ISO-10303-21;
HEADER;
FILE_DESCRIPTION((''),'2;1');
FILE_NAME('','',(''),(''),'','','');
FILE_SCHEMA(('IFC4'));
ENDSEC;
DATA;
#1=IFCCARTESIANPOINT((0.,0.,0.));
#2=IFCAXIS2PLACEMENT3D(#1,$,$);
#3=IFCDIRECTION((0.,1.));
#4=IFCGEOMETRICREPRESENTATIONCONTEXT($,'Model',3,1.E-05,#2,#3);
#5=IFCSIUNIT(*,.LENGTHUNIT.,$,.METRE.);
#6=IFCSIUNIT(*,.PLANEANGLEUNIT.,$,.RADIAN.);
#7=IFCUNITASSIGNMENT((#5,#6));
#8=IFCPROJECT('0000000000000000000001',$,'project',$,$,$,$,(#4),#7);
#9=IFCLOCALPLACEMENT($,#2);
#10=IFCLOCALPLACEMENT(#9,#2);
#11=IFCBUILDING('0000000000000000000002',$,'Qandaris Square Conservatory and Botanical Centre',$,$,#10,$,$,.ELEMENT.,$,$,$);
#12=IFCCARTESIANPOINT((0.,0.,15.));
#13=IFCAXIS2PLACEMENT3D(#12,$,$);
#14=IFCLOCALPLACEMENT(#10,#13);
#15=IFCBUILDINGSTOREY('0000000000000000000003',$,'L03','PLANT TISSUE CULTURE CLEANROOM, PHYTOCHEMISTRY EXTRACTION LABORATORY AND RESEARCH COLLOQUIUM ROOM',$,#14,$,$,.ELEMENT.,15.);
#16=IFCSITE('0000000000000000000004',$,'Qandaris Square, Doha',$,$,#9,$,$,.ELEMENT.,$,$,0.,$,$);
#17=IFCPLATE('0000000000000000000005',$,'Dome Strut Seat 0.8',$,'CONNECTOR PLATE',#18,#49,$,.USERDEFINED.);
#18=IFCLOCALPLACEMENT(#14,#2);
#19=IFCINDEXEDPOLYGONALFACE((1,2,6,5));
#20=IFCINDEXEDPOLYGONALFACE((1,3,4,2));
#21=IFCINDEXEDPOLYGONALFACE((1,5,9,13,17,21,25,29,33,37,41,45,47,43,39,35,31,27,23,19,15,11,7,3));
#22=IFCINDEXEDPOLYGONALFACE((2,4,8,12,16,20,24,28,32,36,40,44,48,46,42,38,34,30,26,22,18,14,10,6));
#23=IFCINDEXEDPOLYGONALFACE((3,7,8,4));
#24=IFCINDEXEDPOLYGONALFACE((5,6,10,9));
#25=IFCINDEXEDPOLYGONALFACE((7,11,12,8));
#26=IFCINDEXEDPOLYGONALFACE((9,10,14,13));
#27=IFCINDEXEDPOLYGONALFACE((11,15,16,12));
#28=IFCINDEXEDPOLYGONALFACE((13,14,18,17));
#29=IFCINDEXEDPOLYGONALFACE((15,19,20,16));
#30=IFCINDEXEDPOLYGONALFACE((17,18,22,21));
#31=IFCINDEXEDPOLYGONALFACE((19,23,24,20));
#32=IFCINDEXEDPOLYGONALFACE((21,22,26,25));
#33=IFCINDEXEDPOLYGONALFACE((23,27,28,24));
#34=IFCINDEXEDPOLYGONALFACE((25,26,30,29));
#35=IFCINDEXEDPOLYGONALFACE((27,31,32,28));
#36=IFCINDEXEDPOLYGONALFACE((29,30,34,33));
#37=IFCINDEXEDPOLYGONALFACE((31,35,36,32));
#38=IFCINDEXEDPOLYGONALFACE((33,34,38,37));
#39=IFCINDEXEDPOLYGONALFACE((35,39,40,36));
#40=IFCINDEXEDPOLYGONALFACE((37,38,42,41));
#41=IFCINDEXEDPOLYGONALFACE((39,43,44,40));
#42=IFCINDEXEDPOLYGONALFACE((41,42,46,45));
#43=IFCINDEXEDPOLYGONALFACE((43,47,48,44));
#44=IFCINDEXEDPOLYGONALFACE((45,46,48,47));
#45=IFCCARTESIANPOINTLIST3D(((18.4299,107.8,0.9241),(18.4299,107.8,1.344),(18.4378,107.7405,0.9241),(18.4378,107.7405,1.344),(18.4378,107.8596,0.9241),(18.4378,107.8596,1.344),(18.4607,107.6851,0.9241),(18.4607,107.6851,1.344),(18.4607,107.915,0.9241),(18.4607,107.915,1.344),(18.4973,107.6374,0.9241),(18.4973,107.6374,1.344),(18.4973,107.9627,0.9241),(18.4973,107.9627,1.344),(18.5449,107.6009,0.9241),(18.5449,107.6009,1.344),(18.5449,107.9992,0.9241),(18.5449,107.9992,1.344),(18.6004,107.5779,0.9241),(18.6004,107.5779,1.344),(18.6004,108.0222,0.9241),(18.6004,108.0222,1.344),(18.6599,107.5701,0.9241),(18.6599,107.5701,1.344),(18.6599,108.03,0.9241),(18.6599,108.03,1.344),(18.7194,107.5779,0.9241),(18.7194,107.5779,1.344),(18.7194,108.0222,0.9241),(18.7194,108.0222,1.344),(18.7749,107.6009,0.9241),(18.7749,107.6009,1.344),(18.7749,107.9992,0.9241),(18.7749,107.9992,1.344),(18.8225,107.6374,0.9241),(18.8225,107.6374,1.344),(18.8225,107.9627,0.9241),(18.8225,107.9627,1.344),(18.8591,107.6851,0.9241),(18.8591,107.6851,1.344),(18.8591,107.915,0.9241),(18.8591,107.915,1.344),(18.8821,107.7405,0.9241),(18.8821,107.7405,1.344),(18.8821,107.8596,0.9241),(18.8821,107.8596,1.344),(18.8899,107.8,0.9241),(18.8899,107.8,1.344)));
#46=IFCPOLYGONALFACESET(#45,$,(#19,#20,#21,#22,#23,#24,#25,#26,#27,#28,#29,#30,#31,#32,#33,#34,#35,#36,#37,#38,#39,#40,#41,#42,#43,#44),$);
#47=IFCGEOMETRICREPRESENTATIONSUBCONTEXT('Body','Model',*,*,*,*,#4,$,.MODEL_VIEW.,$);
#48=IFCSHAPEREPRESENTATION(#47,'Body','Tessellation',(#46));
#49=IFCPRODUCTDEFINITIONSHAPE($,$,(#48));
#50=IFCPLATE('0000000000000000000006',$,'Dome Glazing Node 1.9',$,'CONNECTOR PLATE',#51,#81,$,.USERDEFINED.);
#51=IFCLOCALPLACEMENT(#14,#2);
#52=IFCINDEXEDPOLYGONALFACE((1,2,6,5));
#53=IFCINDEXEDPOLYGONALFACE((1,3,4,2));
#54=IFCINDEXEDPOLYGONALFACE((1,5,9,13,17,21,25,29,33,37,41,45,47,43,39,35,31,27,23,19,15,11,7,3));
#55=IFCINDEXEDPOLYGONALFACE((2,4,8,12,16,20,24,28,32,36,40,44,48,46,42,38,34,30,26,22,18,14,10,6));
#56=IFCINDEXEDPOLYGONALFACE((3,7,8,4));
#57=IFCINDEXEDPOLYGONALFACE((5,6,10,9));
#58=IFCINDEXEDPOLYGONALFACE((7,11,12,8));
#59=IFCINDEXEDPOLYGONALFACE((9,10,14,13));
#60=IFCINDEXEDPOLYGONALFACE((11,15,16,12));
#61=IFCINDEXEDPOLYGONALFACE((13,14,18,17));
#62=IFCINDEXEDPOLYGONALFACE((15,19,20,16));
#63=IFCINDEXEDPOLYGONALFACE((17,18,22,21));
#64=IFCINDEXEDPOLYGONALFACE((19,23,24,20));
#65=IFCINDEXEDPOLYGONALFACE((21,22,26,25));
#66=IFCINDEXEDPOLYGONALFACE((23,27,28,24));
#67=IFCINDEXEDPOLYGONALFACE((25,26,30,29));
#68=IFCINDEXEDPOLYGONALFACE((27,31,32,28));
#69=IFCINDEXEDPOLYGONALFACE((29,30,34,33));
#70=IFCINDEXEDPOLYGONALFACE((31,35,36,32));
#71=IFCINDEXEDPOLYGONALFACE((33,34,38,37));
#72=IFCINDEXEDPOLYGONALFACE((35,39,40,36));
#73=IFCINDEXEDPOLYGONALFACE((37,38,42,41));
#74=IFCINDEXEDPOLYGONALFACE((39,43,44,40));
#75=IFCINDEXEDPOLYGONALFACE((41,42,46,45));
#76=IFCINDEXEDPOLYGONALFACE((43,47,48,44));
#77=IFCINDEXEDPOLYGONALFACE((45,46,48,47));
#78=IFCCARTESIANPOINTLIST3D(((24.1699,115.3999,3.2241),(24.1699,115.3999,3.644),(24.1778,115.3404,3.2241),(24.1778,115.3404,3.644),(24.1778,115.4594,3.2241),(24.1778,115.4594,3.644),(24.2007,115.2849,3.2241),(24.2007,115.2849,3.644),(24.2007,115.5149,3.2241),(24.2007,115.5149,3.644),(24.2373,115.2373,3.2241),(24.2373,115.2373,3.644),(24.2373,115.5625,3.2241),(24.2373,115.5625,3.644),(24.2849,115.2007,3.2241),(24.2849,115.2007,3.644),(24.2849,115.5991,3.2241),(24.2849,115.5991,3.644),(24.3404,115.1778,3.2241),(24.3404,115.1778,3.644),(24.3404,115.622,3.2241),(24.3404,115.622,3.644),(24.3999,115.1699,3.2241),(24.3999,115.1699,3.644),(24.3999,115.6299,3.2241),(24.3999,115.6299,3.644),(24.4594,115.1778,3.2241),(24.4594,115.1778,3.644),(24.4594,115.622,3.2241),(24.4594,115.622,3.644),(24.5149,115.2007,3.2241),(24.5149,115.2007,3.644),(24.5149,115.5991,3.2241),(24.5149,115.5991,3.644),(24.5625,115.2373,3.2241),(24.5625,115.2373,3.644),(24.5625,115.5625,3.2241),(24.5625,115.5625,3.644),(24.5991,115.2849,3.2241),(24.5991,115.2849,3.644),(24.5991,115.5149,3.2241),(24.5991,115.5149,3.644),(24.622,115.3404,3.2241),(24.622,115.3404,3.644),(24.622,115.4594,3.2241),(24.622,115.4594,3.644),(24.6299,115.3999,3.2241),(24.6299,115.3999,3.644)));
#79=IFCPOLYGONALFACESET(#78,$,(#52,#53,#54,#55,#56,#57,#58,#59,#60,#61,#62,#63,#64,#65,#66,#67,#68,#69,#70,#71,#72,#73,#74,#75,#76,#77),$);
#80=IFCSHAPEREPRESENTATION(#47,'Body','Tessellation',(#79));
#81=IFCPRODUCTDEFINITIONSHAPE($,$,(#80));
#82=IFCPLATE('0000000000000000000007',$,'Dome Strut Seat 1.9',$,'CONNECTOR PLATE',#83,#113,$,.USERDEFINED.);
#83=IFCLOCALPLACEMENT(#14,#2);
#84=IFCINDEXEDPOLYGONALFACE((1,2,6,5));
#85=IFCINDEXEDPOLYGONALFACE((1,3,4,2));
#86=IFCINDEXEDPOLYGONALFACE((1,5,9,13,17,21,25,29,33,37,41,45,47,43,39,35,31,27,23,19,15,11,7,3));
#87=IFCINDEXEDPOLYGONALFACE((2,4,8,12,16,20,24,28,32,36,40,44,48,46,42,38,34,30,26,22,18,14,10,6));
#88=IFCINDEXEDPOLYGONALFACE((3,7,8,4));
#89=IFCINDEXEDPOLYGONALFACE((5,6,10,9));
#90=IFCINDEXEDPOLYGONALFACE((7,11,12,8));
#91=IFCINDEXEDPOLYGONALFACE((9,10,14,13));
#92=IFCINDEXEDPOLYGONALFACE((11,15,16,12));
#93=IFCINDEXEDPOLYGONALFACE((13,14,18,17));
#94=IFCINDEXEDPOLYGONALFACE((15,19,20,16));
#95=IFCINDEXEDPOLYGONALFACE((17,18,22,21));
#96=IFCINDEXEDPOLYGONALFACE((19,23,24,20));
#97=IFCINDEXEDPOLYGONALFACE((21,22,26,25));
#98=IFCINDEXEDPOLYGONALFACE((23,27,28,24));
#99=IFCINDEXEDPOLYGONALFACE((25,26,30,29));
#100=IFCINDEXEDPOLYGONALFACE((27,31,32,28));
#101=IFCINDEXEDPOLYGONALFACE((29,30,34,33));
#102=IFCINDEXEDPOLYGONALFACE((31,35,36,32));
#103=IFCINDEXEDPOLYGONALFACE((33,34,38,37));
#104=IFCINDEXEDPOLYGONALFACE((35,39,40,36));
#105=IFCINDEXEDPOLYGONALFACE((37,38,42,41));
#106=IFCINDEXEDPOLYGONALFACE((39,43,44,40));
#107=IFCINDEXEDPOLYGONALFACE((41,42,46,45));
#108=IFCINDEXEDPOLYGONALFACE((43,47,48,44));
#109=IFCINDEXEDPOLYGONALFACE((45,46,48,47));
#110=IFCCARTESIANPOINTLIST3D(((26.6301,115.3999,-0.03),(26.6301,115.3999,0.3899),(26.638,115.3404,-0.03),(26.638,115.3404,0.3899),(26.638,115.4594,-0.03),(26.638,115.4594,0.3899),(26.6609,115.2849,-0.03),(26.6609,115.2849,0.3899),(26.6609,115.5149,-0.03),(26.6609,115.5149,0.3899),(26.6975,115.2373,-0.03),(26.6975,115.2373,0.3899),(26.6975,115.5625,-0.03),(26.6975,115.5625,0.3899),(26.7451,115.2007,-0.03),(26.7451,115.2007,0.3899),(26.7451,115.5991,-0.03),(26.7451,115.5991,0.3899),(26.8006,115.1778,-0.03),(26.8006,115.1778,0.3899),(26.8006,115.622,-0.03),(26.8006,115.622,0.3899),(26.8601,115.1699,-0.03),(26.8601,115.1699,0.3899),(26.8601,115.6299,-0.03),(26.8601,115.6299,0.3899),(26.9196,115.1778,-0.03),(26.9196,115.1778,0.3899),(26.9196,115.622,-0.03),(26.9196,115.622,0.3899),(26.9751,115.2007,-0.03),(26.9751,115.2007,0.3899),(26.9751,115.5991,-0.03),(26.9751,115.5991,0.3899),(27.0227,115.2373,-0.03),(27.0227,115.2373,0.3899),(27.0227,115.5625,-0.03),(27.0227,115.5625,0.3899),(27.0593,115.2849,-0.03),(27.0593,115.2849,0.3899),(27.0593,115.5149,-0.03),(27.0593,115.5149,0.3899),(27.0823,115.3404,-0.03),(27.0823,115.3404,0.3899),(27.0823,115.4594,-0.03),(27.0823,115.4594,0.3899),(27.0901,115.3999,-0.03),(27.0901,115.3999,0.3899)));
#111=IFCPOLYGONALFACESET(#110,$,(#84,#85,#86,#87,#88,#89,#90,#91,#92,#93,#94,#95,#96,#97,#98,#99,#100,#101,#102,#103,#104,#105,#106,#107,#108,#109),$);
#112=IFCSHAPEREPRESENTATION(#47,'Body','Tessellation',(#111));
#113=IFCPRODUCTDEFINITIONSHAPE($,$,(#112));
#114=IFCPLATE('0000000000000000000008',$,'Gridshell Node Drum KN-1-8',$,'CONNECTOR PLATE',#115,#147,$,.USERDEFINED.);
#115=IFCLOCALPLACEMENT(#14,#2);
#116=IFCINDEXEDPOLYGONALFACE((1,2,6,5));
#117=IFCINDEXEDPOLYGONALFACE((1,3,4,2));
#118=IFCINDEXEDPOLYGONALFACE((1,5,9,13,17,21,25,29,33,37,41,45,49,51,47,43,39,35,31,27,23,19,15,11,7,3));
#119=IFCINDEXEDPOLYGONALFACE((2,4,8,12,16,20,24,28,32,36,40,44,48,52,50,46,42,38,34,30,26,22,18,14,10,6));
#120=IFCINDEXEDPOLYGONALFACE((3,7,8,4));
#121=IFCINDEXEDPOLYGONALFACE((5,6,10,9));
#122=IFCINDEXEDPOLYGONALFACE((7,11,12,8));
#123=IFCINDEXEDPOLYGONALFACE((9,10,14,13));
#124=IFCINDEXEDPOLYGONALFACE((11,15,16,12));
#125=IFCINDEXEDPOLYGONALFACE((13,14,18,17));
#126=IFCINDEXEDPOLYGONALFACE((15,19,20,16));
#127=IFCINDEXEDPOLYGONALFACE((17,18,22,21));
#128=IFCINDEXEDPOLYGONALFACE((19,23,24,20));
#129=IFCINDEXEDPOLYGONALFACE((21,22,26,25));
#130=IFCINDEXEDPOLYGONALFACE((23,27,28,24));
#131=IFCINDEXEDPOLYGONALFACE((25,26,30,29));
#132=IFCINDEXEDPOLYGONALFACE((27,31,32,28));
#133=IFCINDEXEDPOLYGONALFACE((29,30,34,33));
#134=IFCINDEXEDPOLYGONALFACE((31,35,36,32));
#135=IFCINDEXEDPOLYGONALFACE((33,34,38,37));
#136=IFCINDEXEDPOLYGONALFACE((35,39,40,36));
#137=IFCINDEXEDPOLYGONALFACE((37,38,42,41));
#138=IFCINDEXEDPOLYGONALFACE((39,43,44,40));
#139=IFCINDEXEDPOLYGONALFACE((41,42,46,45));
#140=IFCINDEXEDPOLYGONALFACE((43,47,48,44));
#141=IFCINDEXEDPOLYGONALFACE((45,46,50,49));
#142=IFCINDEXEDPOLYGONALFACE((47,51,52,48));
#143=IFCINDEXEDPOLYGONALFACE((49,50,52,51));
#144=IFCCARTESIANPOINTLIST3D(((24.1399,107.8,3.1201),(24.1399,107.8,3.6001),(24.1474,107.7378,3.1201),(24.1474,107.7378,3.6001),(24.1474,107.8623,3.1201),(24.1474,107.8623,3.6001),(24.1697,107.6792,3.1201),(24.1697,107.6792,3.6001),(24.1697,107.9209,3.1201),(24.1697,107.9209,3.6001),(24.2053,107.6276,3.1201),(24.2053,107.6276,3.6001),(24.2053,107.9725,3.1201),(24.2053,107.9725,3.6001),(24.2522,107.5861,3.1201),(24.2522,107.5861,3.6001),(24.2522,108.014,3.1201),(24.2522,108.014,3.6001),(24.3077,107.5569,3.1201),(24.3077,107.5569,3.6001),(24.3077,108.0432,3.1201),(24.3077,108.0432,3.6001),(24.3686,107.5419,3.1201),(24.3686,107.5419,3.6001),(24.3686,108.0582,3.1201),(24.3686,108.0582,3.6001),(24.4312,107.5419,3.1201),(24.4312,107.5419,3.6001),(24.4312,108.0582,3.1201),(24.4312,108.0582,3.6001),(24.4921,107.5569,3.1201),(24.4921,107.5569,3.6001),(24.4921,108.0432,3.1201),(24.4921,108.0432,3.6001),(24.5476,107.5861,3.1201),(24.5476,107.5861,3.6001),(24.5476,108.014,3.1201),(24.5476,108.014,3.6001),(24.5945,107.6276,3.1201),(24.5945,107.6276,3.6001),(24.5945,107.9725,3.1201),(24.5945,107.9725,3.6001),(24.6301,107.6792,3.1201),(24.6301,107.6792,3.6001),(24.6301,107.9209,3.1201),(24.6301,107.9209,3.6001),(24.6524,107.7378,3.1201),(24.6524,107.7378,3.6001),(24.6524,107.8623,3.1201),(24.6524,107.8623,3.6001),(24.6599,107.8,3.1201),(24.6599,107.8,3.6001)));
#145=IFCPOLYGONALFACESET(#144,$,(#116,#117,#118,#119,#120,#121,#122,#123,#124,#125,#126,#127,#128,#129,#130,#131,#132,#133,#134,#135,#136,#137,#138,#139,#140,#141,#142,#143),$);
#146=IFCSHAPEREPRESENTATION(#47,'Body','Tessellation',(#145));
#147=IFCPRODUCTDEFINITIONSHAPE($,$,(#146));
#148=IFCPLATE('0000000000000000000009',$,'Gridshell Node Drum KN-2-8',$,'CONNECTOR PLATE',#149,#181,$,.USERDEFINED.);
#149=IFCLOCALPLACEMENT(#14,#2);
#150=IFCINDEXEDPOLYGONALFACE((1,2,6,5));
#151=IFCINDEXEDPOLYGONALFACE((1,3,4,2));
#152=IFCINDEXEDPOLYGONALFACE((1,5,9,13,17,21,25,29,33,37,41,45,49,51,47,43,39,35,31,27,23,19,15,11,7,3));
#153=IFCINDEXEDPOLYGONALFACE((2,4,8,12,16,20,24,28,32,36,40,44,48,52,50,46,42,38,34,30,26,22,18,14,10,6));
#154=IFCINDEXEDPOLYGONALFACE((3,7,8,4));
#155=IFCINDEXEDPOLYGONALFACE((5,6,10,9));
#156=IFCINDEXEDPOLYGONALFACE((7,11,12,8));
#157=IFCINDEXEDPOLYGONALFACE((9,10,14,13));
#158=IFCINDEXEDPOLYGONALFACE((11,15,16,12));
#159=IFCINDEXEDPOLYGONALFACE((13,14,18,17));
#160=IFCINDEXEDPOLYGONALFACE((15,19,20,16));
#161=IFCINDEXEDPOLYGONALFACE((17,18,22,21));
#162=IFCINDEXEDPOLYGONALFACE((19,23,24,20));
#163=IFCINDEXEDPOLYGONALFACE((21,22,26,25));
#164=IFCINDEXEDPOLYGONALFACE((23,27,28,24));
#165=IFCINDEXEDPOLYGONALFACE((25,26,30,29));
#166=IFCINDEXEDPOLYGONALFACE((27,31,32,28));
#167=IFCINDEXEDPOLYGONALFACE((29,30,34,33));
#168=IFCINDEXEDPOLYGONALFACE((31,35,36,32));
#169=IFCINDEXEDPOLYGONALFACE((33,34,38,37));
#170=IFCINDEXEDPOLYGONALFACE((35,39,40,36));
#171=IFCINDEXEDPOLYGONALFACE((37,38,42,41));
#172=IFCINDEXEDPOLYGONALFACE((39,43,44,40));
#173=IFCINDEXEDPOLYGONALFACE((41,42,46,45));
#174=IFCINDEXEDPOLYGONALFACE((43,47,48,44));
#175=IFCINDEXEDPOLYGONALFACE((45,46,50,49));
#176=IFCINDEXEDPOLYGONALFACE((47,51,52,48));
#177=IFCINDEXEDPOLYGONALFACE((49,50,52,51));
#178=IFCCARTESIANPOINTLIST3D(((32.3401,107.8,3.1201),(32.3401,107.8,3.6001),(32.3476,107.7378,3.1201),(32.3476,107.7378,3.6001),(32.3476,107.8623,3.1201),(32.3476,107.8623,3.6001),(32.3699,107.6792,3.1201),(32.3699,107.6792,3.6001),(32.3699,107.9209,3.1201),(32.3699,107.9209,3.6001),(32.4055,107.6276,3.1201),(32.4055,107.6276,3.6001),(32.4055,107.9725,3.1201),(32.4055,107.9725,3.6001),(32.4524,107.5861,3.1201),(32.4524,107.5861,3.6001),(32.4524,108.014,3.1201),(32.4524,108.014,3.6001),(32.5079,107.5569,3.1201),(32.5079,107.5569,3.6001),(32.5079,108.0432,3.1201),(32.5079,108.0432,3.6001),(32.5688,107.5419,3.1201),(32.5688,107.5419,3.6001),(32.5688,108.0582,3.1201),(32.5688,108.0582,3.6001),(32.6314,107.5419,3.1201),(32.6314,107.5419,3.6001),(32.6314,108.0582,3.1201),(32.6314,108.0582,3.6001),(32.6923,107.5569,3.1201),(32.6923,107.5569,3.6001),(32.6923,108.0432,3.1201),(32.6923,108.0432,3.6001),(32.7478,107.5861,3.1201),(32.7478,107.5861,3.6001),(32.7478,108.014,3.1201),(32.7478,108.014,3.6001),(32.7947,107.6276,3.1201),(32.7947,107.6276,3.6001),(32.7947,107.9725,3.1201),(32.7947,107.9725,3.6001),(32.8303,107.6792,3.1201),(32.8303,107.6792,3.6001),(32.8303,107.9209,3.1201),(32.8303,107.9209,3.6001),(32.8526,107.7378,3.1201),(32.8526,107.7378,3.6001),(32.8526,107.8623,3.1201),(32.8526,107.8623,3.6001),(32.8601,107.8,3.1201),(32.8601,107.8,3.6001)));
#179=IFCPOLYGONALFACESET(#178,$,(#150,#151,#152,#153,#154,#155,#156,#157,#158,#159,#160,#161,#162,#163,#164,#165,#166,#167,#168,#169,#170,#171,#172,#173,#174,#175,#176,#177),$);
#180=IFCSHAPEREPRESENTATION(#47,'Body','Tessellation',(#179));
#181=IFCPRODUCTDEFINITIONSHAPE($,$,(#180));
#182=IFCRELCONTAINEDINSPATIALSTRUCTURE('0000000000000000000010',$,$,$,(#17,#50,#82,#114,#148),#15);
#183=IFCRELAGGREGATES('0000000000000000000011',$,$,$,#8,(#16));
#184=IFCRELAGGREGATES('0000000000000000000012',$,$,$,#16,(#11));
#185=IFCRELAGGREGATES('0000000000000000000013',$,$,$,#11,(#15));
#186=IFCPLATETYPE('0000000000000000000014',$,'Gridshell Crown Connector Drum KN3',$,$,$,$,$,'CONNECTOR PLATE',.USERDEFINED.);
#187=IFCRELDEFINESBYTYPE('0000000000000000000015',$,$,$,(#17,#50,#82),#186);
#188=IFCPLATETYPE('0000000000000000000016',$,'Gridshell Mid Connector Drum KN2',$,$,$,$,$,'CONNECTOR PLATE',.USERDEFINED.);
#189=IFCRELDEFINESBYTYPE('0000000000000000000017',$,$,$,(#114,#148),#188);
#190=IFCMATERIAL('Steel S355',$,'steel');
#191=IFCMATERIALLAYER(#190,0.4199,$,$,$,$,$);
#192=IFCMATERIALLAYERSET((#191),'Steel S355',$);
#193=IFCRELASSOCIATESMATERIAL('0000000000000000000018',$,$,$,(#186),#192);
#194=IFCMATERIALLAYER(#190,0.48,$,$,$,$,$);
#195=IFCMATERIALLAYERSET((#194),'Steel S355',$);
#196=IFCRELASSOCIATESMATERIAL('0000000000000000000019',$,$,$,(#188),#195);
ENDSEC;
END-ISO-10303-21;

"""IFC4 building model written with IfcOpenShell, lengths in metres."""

from ifc_helpers import new_model, si_unit, direction, frame, origin, origin_2d, place, context, subcontext, project, spatial, circle, extrude, material, layer, layer_set, type_object, element, save


model = new_model("IFC4")

# Units and contexts
model_context = context("Model", 3, precision=1e-05, world=origin(), true_north=direction((0.0, 1.0)))
body_context = subcontext(model_context, "Body", "Model", "MODEL_VIEW")
ifc_project = project(units=[si_unit("LENGTHUNIT", "METRE"), si_unit("PLANEANGLEUNIT", "RADIAN")], contexts=[model_context])

# Site, building, storey
site_placement = place(None, origin())
site = spatial("IfcSite", under=ifc_project, at=site_placement, Name="Qandaris Square, Doha", CompositionType="ELEMENT", RefElevation=0.0)
building_placement = place(site_placement, origin())
building = spatial("IfcBuilding", under=site, at=building_placement, Name="Qandaris Square Conservatory and Botanical Centre", CompositionType="ELEMENT")
storey_placement = place(building_placement, frame((0.0, 0.0, 15.0)))
storey = spatial("IfcBuildingStorey", under=building, at=storey_placement, Name="L03", Description="PLANT TISSUE CULTURE CLEANROOM, PHYTOCHEMISTRY EXTRACTION LABORATORY AND RESEARCH COLLOQUIUM ROOM", CompositionType="ELEMENT", Elevation=15.0)

# Shared definitions
ifc_material_1 = material(Name="Steel S355", Category="steel")

# Plates
ifc_layer_1 = layer(ifc_material_1, 0.4199)
ifc_layer_set_1 = layer_set([ifc_layer_1], Name="Steel S355")
plate_type_1 = type_object("IfcPlateType", Name="Gridshell Crown Connector Drum KN3", ElementType="CONNECTOR PLATE", PredefinedType="USERDEFINED", material=ifc_layer_set_1)
for number, where, z_axis, x_axis, name in (
    (1, (18.6599, 107.8, 0.9241), (0.0, 0.0, 1.0), (1.0, 0.0, 0.0), "Dome Strut Seat 0.8"),
    (2, (24.3999, 115.3999, 3.2241), (0.0, 0.0, 1.0), (1.0, 0.0, 0.0), "Dome Glazing Node 1.9"),
    (3, (26.8601, 115.3999, -0.03), (0.0, 0.0, 1.0), (1.0, 0.0, 0.0), "Dome Strut Seat 1.9"),
):
    element("IfcPlate", number, at=place(storey_placement, frame(where, z_axis=z_axis, x_axis=x_axis)), inside=storey, type_object=plate_type_1, Name=name, ObjectType="CONNECTOR PLATE", PredefinedType="USERDEFINED", context=body_context, shape_type="SweptSolid", body=[
        extrude(circle(Radius=0.23, at=origin_2d()), origin(), (0.0, 0.0, 1.0), 0.4199),
    ])
ifc_layer_2 = layer(ifc_material_1, 0.48)
ifc_layer_set_2 = layer_set([ifc_layer_2], Name="Steel S355")
plate_type_2 = type_object("IfcPlateType", Name="Gridshell Mid Connector Drum KN2", ElementType="CONNECTOR PLATE", PredefinedType="USERDEFINED", material=ifc_layer_set_2)
for number, where, z_axis, x_axis, name in (
    (4, (24.3999, 107.8, 3.1201), (0.0, 0.0, 1.0), (1.0, 0.0, 0.0), "Gridshell Node Drum KN-1-8"),
    (5, (32.6001, 107.8, 3.1201), (0.0, 0.0, 1.0), (1.0, 0.0, 0.0), "Gridshell Node Drum KN-2-8"),
):
    element("IfcPlate", number, at=place(storey_placement, frame(where, z_axis=z_axis, x_axis=x_axis)), inside=storey, type_object=plate_type_2, Name=name, ObjectType="CONNECTOR PLATE", PredefinedType="USERDEFINED", context=body_context, shape_type="SweptSolid", body=[
        extrude(circle(Radius=0.26, at=origin_2d()), origin(), (0.0, 0.0, 1.0), 0.48),
    ])

save(model, "model.ifc")
